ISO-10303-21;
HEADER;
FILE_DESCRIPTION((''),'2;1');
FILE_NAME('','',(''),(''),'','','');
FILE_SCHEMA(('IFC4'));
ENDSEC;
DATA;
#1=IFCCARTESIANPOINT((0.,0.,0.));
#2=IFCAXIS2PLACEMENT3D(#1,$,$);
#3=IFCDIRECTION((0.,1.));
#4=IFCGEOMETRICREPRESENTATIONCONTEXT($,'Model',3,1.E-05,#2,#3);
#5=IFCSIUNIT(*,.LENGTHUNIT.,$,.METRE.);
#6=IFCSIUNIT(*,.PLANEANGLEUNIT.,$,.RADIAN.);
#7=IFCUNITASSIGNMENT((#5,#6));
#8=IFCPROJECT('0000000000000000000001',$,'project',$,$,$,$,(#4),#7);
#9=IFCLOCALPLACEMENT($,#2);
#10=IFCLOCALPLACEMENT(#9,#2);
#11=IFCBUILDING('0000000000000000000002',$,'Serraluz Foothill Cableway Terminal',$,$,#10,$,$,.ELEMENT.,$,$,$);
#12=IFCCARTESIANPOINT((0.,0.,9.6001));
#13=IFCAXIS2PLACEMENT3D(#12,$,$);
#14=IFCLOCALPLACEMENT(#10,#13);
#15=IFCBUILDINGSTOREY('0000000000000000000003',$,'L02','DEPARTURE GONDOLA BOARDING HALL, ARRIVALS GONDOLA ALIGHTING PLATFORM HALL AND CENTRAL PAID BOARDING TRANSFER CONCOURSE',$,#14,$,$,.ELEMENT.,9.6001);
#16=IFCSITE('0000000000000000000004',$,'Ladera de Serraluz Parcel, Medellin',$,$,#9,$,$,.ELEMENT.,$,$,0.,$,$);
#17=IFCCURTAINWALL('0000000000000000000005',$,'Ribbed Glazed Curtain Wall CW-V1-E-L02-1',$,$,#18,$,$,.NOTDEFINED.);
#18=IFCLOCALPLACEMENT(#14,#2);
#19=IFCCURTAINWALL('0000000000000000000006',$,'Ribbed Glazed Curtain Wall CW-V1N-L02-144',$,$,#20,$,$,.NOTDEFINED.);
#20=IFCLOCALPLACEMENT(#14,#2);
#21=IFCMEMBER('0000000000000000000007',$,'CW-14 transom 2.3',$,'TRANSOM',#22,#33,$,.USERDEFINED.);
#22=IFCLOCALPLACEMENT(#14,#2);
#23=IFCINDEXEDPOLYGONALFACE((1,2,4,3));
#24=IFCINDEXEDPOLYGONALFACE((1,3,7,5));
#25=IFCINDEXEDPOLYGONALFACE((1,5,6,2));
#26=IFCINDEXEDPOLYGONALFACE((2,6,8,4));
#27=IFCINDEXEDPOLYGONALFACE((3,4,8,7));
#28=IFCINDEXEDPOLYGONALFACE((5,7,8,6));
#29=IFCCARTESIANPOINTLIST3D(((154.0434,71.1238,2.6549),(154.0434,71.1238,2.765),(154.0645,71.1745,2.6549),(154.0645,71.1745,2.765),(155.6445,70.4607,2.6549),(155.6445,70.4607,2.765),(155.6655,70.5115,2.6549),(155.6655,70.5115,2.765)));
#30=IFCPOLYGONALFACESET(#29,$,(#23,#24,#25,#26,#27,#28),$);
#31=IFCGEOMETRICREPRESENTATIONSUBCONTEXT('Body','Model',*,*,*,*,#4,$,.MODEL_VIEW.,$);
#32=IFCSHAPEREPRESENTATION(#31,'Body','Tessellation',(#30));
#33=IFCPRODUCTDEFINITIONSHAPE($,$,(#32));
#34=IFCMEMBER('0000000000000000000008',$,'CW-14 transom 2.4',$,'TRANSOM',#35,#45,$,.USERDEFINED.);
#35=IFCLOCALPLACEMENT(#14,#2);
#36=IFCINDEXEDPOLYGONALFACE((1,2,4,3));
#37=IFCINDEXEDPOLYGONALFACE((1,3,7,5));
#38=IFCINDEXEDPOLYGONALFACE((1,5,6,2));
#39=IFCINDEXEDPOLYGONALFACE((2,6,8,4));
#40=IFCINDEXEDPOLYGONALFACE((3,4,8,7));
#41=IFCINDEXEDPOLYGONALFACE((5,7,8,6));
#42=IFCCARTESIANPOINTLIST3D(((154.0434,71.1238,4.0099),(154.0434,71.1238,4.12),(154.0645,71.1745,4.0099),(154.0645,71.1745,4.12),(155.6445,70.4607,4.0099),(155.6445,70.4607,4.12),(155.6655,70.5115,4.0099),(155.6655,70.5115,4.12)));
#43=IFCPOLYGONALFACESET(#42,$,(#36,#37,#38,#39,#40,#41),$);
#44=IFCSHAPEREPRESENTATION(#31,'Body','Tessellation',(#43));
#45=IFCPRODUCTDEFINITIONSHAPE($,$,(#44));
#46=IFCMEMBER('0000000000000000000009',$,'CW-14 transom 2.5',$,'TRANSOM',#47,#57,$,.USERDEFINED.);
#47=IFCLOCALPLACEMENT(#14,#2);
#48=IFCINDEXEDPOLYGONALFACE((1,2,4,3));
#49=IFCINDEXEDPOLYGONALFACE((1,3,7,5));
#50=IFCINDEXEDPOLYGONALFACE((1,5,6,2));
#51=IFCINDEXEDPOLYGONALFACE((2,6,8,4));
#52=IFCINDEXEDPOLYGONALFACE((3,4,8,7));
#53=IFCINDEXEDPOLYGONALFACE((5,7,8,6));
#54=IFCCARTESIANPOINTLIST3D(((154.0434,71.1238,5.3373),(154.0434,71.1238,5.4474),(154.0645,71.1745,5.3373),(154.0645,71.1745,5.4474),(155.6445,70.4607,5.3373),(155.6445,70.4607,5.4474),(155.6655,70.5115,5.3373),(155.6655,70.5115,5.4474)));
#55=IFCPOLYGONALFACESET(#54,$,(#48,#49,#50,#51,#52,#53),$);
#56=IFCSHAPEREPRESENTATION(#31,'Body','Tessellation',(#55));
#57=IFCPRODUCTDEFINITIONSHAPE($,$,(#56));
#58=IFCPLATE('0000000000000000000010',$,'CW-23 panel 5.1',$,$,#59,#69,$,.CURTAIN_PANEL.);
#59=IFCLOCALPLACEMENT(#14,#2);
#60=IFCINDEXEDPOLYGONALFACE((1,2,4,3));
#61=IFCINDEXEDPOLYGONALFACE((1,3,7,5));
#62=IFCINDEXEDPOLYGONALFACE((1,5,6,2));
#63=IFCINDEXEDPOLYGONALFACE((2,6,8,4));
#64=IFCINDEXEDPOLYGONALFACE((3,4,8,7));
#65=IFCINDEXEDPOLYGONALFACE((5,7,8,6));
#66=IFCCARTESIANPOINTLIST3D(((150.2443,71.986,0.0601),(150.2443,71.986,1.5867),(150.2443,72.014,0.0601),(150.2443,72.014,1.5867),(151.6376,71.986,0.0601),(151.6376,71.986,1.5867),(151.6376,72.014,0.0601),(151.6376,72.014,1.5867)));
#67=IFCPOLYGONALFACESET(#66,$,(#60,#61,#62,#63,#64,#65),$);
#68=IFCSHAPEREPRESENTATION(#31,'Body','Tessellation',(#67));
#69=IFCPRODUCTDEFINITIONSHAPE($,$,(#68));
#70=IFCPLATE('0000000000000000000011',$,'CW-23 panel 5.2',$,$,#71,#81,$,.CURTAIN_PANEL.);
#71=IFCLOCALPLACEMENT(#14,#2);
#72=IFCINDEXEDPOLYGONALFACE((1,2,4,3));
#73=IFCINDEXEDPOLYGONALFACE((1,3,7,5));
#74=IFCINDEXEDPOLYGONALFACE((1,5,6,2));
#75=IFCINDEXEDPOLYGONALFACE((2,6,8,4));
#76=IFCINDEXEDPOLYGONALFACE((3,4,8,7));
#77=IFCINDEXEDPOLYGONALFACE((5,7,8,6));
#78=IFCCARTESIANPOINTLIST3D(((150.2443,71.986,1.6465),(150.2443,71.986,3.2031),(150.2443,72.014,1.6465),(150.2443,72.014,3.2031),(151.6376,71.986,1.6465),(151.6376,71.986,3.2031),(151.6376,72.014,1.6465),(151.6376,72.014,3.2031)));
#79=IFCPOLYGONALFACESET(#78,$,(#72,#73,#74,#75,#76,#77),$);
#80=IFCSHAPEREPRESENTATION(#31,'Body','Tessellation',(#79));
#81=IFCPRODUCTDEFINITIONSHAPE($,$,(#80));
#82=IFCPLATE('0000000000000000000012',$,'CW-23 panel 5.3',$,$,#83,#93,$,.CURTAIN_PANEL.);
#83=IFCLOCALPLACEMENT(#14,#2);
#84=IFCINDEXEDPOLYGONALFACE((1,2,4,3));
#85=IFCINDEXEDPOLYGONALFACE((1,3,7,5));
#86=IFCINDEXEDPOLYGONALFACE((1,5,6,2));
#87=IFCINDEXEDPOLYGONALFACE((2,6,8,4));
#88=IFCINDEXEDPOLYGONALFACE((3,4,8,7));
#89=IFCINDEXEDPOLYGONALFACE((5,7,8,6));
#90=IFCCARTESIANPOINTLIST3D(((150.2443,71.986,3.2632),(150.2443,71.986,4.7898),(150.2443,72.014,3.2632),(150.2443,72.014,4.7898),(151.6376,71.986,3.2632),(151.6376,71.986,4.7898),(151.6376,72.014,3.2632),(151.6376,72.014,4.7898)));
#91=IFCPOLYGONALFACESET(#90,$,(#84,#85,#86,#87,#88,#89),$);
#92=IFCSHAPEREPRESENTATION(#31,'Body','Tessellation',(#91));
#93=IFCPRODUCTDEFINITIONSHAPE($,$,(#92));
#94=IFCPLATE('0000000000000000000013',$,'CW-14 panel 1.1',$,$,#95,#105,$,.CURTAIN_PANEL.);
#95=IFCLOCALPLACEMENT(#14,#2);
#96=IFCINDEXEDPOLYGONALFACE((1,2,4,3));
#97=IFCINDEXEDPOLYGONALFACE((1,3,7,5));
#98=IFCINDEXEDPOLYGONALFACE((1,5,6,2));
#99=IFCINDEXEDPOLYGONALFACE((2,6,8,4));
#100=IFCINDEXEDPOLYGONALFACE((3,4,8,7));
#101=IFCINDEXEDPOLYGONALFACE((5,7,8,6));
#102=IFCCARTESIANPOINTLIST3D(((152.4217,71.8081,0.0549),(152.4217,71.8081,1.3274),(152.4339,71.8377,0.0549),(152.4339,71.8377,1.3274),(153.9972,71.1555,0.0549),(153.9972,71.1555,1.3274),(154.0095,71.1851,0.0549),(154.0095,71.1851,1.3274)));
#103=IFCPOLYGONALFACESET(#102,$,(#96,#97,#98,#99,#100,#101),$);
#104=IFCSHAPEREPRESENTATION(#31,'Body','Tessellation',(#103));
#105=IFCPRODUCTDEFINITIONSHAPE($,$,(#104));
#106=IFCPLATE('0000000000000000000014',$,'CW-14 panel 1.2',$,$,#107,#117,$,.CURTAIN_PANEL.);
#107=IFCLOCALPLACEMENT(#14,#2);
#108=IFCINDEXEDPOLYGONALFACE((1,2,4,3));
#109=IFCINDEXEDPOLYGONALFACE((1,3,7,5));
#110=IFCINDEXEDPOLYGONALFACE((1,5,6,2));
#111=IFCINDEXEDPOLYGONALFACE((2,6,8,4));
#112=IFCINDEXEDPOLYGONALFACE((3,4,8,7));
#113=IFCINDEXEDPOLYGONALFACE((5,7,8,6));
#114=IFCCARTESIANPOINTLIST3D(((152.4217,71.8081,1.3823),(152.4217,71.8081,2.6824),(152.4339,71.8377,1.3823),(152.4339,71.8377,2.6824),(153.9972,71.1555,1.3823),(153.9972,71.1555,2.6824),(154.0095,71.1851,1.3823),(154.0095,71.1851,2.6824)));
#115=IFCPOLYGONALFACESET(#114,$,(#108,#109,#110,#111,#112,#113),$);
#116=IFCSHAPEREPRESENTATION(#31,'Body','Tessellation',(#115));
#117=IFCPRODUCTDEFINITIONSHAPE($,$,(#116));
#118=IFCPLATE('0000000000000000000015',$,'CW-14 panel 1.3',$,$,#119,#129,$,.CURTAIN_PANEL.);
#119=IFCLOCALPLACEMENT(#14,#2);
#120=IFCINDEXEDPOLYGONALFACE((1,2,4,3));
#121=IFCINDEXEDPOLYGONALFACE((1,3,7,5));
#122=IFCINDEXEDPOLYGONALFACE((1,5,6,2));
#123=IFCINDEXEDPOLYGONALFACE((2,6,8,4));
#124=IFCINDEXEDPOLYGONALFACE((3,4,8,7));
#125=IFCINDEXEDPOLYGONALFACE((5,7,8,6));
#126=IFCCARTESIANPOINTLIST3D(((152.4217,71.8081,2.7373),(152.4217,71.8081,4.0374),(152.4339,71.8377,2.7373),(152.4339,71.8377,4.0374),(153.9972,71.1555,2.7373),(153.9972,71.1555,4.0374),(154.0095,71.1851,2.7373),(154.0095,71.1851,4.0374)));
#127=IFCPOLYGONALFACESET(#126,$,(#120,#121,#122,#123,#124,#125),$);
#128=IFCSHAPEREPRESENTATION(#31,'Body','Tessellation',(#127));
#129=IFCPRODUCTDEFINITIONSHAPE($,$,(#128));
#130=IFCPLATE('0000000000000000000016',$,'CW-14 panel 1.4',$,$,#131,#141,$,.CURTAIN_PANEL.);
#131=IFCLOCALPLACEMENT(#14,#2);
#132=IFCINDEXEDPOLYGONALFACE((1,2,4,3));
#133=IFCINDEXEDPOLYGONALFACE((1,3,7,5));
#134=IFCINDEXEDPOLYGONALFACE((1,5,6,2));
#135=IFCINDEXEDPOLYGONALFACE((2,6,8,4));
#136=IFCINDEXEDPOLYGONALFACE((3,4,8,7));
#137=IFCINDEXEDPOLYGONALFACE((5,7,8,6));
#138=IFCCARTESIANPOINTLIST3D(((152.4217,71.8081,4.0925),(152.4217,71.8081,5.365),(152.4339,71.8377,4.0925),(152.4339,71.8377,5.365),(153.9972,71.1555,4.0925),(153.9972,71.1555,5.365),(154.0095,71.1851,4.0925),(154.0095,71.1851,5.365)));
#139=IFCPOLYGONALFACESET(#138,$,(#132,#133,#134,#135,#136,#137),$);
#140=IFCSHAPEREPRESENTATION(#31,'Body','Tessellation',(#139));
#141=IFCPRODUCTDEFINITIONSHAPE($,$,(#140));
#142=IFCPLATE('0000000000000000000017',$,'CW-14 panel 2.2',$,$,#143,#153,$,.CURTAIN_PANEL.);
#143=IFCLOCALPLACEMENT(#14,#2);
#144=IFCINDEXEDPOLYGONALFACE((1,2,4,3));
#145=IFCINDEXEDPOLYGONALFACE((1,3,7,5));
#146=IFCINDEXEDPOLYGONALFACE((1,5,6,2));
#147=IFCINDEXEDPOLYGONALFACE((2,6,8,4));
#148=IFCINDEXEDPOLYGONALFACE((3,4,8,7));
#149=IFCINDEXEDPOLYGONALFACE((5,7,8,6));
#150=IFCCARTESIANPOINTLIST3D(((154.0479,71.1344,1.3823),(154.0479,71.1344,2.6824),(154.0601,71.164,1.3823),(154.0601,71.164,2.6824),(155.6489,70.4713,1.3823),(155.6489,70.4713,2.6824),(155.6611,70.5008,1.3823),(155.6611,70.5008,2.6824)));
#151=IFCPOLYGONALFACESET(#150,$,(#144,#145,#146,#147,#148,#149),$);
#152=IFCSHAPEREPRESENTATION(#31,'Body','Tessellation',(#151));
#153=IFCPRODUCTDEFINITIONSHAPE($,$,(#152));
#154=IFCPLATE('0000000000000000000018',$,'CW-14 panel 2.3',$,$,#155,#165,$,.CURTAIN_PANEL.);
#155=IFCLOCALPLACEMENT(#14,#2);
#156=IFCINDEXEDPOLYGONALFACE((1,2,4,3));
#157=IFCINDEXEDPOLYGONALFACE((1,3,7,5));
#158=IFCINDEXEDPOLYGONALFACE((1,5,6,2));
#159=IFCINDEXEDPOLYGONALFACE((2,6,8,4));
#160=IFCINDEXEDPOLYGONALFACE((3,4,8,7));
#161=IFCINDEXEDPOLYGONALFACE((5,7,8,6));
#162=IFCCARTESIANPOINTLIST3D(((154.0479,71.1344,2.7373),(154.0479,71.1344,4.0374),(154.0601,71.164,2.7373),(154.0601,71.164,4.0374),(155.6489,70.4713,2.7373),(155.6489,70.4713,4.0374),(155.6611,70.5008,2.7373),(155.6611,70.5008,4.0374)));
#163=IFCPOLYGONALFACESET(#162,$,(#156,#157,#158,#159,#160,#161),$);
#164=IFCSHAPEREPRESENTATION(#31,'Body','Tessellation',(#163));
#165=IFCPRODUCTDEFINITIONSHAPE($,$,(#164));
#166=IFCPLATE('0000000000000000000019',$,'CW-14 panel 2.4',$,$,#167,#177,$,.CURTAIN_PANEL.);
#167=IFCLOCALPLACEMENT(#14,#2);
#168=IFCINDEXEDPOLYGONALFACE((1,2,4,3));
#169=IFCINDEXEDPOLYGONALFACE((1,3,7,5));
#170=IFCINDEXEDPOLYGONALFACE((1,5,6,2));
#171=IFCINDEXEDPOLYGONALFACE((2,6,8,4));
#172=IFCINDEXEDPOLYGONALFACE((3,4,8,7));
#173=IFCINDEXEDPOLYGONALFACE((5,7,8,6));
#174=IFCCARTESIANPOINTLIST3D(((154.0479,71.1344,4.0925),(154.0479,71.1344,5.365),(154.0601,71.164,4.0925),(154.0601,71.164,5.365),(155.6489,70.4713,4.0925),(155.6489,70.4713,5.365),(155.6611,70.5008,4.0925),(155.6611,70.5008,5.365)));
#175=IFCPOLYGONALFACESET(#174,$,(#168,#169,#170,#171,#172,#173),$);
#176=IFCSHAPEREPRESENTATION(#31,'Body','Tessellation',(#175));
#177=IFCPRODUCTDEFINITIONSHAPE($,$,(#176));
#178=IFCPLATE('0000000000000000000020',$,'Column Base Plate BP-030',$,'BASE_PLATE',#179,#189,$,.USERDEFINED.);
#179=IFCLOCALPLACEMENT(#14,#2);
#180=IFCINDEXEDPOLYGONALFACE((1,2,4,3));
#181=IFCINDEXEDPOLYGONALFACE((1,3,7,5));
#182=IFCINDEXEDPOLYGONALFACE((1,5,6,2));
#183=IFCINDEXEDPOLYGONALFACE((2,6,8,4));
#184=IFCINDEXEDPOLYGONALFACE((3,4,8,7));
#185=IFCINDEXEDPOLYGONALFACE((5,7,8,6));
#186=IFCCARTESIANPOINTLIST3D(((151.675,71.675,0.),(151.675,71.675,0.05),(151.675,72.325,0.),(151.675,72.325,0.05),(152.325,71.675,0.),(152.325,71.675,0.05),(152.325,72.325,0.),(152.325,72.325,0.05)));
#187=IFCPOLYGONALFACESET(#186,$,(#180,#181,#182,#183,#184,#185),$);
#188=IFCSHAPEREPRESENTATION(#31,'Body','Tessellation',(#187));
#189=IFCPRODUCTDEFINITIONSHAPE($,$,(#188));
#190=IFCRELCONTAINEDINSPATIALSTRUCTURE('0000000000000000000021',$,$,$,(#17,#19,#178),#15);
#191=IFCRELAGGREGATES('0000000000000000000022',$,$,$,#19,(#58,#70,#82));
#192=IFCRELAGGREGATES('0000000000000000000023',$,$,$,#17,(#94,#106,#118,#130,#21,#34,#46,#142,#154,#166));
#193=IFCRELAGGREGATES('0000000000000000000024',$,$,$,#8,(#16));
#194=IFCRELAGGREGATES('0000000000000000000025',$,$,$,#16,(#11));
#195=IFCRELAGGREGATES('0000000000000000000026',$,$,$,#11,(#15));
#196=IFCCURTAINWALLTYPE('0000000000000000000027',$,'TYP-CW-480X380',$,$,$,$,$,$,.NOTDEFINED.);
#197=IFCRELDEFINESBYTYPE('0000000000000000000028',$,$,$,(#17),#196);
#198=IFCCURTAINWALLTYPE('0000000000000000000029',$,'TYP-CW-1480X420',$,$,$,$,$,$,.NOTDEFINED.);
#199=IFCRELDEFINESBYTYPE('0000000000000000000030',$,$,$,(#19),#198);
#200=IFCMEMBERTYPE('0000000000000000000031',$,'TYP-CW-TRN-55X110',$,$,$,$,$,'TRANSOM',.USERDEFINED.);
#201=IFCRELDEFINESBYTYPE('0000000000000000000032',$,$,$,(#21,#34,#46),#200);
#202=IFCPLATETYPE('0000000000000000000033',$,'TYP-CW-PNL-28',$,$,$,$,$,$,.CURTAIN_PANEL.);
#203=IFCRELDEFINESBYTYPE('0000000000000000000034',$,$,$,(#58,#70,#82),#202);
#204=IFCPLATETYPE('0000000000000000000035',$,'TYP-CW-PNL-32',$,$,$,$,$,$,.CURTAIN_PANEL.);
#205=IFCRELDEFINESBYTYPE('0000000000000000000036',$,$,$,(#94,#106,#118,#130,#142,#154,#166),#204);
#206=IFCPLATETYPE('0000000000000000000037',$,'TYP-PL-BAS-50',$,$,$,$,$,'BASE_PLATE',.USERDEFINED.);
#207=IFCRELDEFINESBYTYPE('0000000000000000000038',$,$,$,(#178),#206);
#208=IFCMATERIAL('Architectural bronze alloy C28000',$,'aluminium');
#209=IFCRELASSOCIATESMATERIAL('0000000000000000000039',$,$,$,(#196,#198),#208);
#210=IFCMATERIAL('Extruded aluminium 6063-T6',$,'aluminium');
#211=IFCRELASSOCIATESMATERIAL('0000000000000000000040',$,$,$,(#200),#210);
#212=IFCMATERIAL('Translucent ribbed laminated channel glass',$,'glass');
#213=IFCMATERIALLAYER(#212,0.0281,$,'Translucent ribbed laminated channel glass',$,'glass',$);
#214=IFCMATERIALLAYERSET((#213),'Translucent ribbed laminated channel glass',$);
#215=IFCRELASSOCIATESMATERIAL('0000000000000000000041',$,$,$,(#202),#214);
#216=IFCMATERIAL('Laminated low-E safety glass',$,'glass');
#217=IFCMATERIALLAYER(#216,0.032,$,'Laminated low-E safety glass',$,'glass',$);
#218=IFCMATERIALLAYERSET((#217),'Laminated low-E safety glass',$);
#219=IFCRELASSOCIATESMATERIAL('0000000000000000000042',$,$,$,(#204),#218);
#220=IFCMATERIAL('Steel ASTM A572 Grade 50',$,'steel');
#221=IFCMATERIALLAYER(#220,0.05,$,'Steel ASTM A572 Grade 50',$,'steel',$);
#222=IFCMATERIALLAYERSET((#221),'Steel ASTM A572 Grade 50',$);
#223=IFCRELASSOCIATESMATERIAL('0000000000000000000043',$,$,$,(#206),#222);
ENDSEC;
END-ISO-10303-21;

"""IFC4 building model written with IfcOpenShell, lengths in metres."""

from ifc_helpers import new_model, si_unit, direction, frame, origin, origin_2d, place, context, subcontext, project, spatial, rectangle, extrude, material, layer, layer_set, material_profile, profile_set, type_object, element, aggregate, save


model = new_model("IFC4")

# Units and contexts
model_context = context("Model", 3, precision=1e-05, world=origin(), true_north=direction((0.0, 1.0)))
body_context = subcontext(model_context, "Body", "Model", "MODEL_VIEW")
ifc_project = project(units=[si_unit("LENGTHUNIT", "METRE"), si_unit("PLANEANGLEUNIT", "RADIAN")], contexts=[model_context])

# Site, building, storey
site_placement = place(None, origin())
site = spatial("IfcSite", under=ifc_project, at=site_placement, Name="Ladera de Serraluz Parcel, Medellin", CompositionType="ELEMENT", RefElevation=0.0)
building_placement = place(site_placement, origin())
building = spatial("IfcBuilding", under=site, at=building_placement, Name="Serraluz Foothill Cableway Terminal", CompositionType="ELEMENT")
storey_placement = place(building_placement, frame((0.0, 0.0, 9.6001)))
storey = spatial("IfcBuildingStorey", under=building, at=storey_placement, Name="L02", Description="DEPARTURE GONDOLA BOARDING HALL, ARRIVALS GONDOLA ALIGHTING PLATFORM HALL AND CENTRAL PAID BOARDING TRANSFER CONCOURSE", CompositionType="ELEMENT", Elevation=9.6001)

# Curtain wall
ifc_material_1 = material(Name="Architectural bronze alloy C28000", Category="aluminium")
curtain_wall_type_1 = type_object("IfcCurtainWallType", Name="TYP-CW-480X380", PredefinedType="NOTDEFINED", material=ifc_material_1)
curtain_wall_1_placement = place(storey_placement, origin())
curtain_wall_1 = element("IfcCurtainWall", 1, at=curtain_wall_1_placement, inside=storey, type_object=curtain_wall_type_1, Name="Ribbed Glazed Curtain Wall CW-V1-E-L02-1", PredefinedType="NOTDEFINED")
ifc_material_2 = material(Name="Extruded aluminium 6063-T6", Category="aluminium")

# Curtain wall
curtain_wall_type_2 = type_object("IfcCurtainWallType", Name="TYP-CW-1480X420", PredefinedType="NOTDEFINED", material=ifc_material_1)
curtain_wall_2_placement = place(storey_placement, origin())
curtain_wall_2 = element("IfcCurtainWall", 2, at=curtain_wall_2_placement, inside=storey, type_object=curtain_wall_type_2, Name="Ribbed Glazed Curtain Wall CW-V1N-L02-144", PredefinedType="NOTDEFINED")

# Members
ifc_material_profile_1 = material_profile(ifc_material_2, rectangle(XDim=0.0549, YDim=0.1101, at=origin_2d()), Name="ALU TRANSOM 55x110")
ifc_profile_set_1 = profile_set([ifc_material_profile_1], Name="Extruded aluminium 6063-T6")
member_type_1 = type_object("IfcMemberType", Name="TYP-CW-TRN-55X110", ElementType="TRANSOM", PredefinedType="USERDEFINED", material=ifc_profile_set_1)
member_1_placement = place(storey_placement, frame((154.054, 71.1492, 2.71), z_axis=(0.9239, -0.382634, 0.0), x_axis=(0.382634, 0.9239, 0.0)))
member_1 = element("IfcMember", 3, at=member_1_placement, type_object=member_type_1, Name="CW-14 transom 2.3", ObjectType="TRANSOM", PredefinedType="USERDEFINED", context=body_context, shape_type="SweptSolid", body=[
    extrude(rectangle(XDim=0.0549, YDim=0.1101, at=origin_2d()), origin(), (0.0, 0.0, 1.0), 1.7329),
])
member_2_placement = place(storey_placement, frame((154.054, 71.1492, 4.0649), z_axis=(0.9239, -0.382634, 0.0), x_axis=(0.382634, 0.9239, 0.0)))
member_2 = element("IfcMember", 4, at=member_2_placement, type_object=member_type_1, Name="CW-14 transom 2.4", ObjectType="TRANSOM", PredefinedType="USERDEFINED", context=body_context, shape_type="SweptSolid", body=[
    extrude(rectangle(XDim=0.0549, YDim=0.1101, at=origin_2d()), origin(), (0.0, 0.0, 1.0), 1.7329),
])
member_3_placement = place(storey_placement, frame((154.054, 71.1492, 5.3923), z_axis=(0.9239, -0.382634, 0.0), x_axis=(0.382634, 0.9239, 0.0)))
member_3 = element("IfcMember", 5, at=member_3_placement, type_object=member_type_1, Name="CW-14 transom 2.5", ObjectType="TRANSOM", PredefinedType="USERDEFINED", context=body_context, shape_type="SweptSolid", body=[
    extrude(rectangle(XDim=0.0549, YDim=0.1101, at=origin_2d()), origin(), (0.0, 0.0, 1.0), 1.7329),
])

# Plates
ifc_material_3 = material(Name="Translucent ribbed laminated channel glass", Category="glass")
ifc_layer_1 = layer(ifc_material_3, 0.0281, Name="Translucent ribbed laminated channel glass", Category="glass")
ifc_layer_set_1 = layer_set([ifc_layer_1], Name="Translucent ribbed laminated channel glass")
plate_type_1 = type_object("IfcPlateType", Name="TYP-CW-PNL-28", PredefinedType="CURTAIN_PANEL", material=ifc_layer_set_1)
plate_1_placement = place(storey_placement, frame((150.9409, 72.0, 0.0601), z_axis=(0.0, 0.0, 1.0), x_axis=(1.0, 0.0, 0.0)))
plate_1 = element("IfcPlate", 6, at=plate_1_placement, type_object=plate_type_1, Name="CW-23 panel 5.1", PredefinedType="CURTAIN_PANEL", context=body_context, shape_type="SweptSolid", body=[
    extrude(rectangle(XDim=1.3933, YDim=0.0281, at=origin_2d()), origin(), (0.0, 0.0, 1.0), 1.5266),
])
plate_2_placement = place(storey_placement, frame((150.9409, 72.0, 1.6465), z_axis=(0.0, 0.0, 1.0), x_axis=(1.0, 0.0, 0.0)))
plate_2 = element("IfcPlate", 7, at=plate_2_placement, type_object=plate_type_1, Name="CW-23 panel 5.2", PredefinedType="CURTAIN_PANEL", context=body_context, shape_type="SweptSolid", body=[
    extrude(rectangle(XDim=1.3933, YDim=0.0281, at=origin_2d()), origin(), (0.0, 0.0, 1.0), 1.5566),
])
plate_3_placement = place(storey_placement, frame((150.9409, 72.0, 3.2632), z_axis=(0.0, 0.0, 1.0), x_axis=(1.0, 0.0, 0.0)))
plate_3 = element("IfcPlate", 8, at=plate_3_placement, type_object=plate_type_1, Name="CW-23 panel 5.3", PredefinedType="CURTAIN_PANEL", context=body_context, shape_type="SweptSolid", body=[
    extrude(rectangle(XDim=1.3933, YDim=0.0281, at=origin_2d()), origin(), (0.0, 0.0, 1.0), 1.5266),
])
aggregate(curtain_wall_2, [plate_1, plate_2, plate_3])
ifc_material_4 = material(Name="Laminated low-E safety glass", Category="glass")
ifc_layer_2 = layer(ifc_material_4, 0.032, Name="Laminated low-E safety glass", Category="glass")
ifc_layer_set_2 = layer_set([ifc_layer_2], Name="Laminated low-E safety glass")
plate_type_2 = type_object("IfcPlateType", Name="TYP-CW-PNL-32", PredefinedType="CURTAIN_PANEL", material=ifc_layer_set_2)
plate_4_placement = place(storey_placement, frame((153.2156, 71.4966, 0.0549), z_axis=(0.0, 0.0, 1.0), x_axis=(0.92388, -0.382682, 0.0)))
plate_4 = element("IfcPlate", 9, at=plate_4_placement, type_object=plate_type_2, Name="CW-14 panel 1.1", PredefinedType="CURTAIN_PANEL", context=body_context, shape_type="SweptSolid", body=[
    extrude(rectangle(XDim=1.7053, YDim=0.032, at=origin_2d()), origin(), (0.0, 0.0, 1.0), 1.2725),
])
plate_5_placement = place(storey_placement, frame((153.2156, 71.4966, 1.3823), z_axis=(0.0, 0.0, 1.0), x_axis=(0.92388, -0.382682, 0.0)))
plate_5 = element("IfcPlate", 10, at=plate_5_placement, type_object=plate_type_2, Name="CW-14 panel 1.2", PredefinedType="CURTAIN_PANEL", context=body_context, shape_type="SweptSolid", body=[
    extrude(rectangle(XDim=1.7053, YDim=0.032, at=origin_2d()), origin(), (0.0, 0.0, 1.0), 1.3),
])
plate_6_placement = place(storey_placement, frame((153.2156, 71.4966, 2.7373), z_axis=(0.0, 0.0, 1.0), x_axis=(0.92388, -0.382682, 0.0)))
plate_6 = element("IfcPlate", 11, at=plate_6_placement, type_object=plate_type_2, Name="CW-14 panel 1.3", PredefinedType="CURTAIN_PANEL", context=body_context, shape_type="SweptSolid", body=[
    extrude(rectangle(XDim=1.7053, YDim=0.032, at=origin_2d()), origin(), (0.0, 0.0, 1.0), 1.3),
])
plate_7_placement = place(storey_placement, frame((153.2156, 71.4966, 4.0925), z_axis=(0.0, 0.0, 1.0), x_axis=(0.92388, -0.382682, 0.0)))
plate_7 = element("IfcPlate", 12, at=plate_7_placement, type_object=plate_type_2, Name="CW-14 panel 1.4", PredefinedType="CURTAIN_PANEL", context=body_context, shape_type="SweptSolid", body=[
    extrude(rectangle(XDim=1.7053, YDim=0.032, at=origin_2d()), origin(), (0.0, 0.0, 1.0), 1.2725),
])
plate_8_placement = place(storey_placement, frame((154.8545, 70.8176, 1.3823), z_axis=(0.0, 0.0, 1.0), x_axis=(0.92388, -0.382682, 0.0)))
plate_8 = element("IfcPlate", 13, at=plate_8_placement, type_object=plate_type_2, Name="CW-14 panel 2.2", PredefinedType="CURTAIN_PANEL", context=body_context, shape_type="SweptSolid", body=[
    extrude(rectangle(XDim=1.7329, YDim=0.032, at=origin_2d()), origin(), (0.0, 0.0, 1.0), 1.3),
])
plate_9_placement = place(storey_placement, frame((154.8545, 70.8176, 2.7373), z_axis=(0.0, 0.0, 1.0), x_axis=(0.92388, -0.382682, 0.0)))
plate_9 = element("IfcPlate", 14, at=plate_9_placement, type_object=plate_type_2, Name="CW-14 panel 2.3", PredefinedType="CURTAIN_PANEL", context=body_context, shape_type="SweptSolid", body=[
    extrude(rectangle(XDim=1.7329, YDim=0.032, at=origin_2d()), origin(), (0.0, 0.0, 1.0), 1.3),
])
plate_10_placement = place(storey_placement, frame((154.8545, 70.8176, 4.0925), z_axis=(0.0, 0.0, 1.0), x_axis=(0.92388, -0.382682, 0.0)))
plate_10 = element("IfcPlate", 15, at=plate_10_placement, type_object=plate_type_2, Name="CW-14 panel 2.4", PredefinedType="CURTAIN_PANEL", context=body_context, shape_type="SweptSolid", body=[
    extrude(rectangle(XDim=1.7329, YDim=0.032, at=origin_2d()), origin(), (0.0, 0.0, 1.0), 1.2725),
])
aggregate(curtain_wall_1, [plate_4, plate_5, plate_6, plate_7, member_1, member_2, member_3, plate_8, plate_9, plate_10])
ifc_material_5 = material(Name="Steel ASTM A572 Grade 50", Category="steel")
ifc_layer_3 = layer(ifc_material_5, 0.05, Name="Steel ASTM A572 Grade 50", Category="steel")
ifc_layer_set_3 = layer_set([ifc_layer_3], Name="Steel ASTM A572 Grade 50")
plate_type_3 = type_object("IfcPlateType", Name="TYP-PL-BAS-50", ElementType="BASE_PLATE", PredefinedType="USERDEFINED", material=ifc_layer_set_3)
plate_11_placement = place(storey_placement, frame((152.0, 72.0, 0.0), z_axis=(0.0, 0.0, 1.0), x_axis=(1.0, 0.0, 0.0)))
element("IfcPlate", 16, at=plate_11_placement, inside=storey, type_object=plate_type_3, Name="Column Base Plate BP-030", ObjectType="BASE_PLATE", PredefinedType="USERDEFINED", context=body_context, shape_type="SweptSolid", body=[
    extrude(rectangle(XDim=0.6499, YDim=0.6499, at=origin_2d()), origin(), (0.0, 0.0, 1.0), 0.05),
])

save(model, "model.ifc")
